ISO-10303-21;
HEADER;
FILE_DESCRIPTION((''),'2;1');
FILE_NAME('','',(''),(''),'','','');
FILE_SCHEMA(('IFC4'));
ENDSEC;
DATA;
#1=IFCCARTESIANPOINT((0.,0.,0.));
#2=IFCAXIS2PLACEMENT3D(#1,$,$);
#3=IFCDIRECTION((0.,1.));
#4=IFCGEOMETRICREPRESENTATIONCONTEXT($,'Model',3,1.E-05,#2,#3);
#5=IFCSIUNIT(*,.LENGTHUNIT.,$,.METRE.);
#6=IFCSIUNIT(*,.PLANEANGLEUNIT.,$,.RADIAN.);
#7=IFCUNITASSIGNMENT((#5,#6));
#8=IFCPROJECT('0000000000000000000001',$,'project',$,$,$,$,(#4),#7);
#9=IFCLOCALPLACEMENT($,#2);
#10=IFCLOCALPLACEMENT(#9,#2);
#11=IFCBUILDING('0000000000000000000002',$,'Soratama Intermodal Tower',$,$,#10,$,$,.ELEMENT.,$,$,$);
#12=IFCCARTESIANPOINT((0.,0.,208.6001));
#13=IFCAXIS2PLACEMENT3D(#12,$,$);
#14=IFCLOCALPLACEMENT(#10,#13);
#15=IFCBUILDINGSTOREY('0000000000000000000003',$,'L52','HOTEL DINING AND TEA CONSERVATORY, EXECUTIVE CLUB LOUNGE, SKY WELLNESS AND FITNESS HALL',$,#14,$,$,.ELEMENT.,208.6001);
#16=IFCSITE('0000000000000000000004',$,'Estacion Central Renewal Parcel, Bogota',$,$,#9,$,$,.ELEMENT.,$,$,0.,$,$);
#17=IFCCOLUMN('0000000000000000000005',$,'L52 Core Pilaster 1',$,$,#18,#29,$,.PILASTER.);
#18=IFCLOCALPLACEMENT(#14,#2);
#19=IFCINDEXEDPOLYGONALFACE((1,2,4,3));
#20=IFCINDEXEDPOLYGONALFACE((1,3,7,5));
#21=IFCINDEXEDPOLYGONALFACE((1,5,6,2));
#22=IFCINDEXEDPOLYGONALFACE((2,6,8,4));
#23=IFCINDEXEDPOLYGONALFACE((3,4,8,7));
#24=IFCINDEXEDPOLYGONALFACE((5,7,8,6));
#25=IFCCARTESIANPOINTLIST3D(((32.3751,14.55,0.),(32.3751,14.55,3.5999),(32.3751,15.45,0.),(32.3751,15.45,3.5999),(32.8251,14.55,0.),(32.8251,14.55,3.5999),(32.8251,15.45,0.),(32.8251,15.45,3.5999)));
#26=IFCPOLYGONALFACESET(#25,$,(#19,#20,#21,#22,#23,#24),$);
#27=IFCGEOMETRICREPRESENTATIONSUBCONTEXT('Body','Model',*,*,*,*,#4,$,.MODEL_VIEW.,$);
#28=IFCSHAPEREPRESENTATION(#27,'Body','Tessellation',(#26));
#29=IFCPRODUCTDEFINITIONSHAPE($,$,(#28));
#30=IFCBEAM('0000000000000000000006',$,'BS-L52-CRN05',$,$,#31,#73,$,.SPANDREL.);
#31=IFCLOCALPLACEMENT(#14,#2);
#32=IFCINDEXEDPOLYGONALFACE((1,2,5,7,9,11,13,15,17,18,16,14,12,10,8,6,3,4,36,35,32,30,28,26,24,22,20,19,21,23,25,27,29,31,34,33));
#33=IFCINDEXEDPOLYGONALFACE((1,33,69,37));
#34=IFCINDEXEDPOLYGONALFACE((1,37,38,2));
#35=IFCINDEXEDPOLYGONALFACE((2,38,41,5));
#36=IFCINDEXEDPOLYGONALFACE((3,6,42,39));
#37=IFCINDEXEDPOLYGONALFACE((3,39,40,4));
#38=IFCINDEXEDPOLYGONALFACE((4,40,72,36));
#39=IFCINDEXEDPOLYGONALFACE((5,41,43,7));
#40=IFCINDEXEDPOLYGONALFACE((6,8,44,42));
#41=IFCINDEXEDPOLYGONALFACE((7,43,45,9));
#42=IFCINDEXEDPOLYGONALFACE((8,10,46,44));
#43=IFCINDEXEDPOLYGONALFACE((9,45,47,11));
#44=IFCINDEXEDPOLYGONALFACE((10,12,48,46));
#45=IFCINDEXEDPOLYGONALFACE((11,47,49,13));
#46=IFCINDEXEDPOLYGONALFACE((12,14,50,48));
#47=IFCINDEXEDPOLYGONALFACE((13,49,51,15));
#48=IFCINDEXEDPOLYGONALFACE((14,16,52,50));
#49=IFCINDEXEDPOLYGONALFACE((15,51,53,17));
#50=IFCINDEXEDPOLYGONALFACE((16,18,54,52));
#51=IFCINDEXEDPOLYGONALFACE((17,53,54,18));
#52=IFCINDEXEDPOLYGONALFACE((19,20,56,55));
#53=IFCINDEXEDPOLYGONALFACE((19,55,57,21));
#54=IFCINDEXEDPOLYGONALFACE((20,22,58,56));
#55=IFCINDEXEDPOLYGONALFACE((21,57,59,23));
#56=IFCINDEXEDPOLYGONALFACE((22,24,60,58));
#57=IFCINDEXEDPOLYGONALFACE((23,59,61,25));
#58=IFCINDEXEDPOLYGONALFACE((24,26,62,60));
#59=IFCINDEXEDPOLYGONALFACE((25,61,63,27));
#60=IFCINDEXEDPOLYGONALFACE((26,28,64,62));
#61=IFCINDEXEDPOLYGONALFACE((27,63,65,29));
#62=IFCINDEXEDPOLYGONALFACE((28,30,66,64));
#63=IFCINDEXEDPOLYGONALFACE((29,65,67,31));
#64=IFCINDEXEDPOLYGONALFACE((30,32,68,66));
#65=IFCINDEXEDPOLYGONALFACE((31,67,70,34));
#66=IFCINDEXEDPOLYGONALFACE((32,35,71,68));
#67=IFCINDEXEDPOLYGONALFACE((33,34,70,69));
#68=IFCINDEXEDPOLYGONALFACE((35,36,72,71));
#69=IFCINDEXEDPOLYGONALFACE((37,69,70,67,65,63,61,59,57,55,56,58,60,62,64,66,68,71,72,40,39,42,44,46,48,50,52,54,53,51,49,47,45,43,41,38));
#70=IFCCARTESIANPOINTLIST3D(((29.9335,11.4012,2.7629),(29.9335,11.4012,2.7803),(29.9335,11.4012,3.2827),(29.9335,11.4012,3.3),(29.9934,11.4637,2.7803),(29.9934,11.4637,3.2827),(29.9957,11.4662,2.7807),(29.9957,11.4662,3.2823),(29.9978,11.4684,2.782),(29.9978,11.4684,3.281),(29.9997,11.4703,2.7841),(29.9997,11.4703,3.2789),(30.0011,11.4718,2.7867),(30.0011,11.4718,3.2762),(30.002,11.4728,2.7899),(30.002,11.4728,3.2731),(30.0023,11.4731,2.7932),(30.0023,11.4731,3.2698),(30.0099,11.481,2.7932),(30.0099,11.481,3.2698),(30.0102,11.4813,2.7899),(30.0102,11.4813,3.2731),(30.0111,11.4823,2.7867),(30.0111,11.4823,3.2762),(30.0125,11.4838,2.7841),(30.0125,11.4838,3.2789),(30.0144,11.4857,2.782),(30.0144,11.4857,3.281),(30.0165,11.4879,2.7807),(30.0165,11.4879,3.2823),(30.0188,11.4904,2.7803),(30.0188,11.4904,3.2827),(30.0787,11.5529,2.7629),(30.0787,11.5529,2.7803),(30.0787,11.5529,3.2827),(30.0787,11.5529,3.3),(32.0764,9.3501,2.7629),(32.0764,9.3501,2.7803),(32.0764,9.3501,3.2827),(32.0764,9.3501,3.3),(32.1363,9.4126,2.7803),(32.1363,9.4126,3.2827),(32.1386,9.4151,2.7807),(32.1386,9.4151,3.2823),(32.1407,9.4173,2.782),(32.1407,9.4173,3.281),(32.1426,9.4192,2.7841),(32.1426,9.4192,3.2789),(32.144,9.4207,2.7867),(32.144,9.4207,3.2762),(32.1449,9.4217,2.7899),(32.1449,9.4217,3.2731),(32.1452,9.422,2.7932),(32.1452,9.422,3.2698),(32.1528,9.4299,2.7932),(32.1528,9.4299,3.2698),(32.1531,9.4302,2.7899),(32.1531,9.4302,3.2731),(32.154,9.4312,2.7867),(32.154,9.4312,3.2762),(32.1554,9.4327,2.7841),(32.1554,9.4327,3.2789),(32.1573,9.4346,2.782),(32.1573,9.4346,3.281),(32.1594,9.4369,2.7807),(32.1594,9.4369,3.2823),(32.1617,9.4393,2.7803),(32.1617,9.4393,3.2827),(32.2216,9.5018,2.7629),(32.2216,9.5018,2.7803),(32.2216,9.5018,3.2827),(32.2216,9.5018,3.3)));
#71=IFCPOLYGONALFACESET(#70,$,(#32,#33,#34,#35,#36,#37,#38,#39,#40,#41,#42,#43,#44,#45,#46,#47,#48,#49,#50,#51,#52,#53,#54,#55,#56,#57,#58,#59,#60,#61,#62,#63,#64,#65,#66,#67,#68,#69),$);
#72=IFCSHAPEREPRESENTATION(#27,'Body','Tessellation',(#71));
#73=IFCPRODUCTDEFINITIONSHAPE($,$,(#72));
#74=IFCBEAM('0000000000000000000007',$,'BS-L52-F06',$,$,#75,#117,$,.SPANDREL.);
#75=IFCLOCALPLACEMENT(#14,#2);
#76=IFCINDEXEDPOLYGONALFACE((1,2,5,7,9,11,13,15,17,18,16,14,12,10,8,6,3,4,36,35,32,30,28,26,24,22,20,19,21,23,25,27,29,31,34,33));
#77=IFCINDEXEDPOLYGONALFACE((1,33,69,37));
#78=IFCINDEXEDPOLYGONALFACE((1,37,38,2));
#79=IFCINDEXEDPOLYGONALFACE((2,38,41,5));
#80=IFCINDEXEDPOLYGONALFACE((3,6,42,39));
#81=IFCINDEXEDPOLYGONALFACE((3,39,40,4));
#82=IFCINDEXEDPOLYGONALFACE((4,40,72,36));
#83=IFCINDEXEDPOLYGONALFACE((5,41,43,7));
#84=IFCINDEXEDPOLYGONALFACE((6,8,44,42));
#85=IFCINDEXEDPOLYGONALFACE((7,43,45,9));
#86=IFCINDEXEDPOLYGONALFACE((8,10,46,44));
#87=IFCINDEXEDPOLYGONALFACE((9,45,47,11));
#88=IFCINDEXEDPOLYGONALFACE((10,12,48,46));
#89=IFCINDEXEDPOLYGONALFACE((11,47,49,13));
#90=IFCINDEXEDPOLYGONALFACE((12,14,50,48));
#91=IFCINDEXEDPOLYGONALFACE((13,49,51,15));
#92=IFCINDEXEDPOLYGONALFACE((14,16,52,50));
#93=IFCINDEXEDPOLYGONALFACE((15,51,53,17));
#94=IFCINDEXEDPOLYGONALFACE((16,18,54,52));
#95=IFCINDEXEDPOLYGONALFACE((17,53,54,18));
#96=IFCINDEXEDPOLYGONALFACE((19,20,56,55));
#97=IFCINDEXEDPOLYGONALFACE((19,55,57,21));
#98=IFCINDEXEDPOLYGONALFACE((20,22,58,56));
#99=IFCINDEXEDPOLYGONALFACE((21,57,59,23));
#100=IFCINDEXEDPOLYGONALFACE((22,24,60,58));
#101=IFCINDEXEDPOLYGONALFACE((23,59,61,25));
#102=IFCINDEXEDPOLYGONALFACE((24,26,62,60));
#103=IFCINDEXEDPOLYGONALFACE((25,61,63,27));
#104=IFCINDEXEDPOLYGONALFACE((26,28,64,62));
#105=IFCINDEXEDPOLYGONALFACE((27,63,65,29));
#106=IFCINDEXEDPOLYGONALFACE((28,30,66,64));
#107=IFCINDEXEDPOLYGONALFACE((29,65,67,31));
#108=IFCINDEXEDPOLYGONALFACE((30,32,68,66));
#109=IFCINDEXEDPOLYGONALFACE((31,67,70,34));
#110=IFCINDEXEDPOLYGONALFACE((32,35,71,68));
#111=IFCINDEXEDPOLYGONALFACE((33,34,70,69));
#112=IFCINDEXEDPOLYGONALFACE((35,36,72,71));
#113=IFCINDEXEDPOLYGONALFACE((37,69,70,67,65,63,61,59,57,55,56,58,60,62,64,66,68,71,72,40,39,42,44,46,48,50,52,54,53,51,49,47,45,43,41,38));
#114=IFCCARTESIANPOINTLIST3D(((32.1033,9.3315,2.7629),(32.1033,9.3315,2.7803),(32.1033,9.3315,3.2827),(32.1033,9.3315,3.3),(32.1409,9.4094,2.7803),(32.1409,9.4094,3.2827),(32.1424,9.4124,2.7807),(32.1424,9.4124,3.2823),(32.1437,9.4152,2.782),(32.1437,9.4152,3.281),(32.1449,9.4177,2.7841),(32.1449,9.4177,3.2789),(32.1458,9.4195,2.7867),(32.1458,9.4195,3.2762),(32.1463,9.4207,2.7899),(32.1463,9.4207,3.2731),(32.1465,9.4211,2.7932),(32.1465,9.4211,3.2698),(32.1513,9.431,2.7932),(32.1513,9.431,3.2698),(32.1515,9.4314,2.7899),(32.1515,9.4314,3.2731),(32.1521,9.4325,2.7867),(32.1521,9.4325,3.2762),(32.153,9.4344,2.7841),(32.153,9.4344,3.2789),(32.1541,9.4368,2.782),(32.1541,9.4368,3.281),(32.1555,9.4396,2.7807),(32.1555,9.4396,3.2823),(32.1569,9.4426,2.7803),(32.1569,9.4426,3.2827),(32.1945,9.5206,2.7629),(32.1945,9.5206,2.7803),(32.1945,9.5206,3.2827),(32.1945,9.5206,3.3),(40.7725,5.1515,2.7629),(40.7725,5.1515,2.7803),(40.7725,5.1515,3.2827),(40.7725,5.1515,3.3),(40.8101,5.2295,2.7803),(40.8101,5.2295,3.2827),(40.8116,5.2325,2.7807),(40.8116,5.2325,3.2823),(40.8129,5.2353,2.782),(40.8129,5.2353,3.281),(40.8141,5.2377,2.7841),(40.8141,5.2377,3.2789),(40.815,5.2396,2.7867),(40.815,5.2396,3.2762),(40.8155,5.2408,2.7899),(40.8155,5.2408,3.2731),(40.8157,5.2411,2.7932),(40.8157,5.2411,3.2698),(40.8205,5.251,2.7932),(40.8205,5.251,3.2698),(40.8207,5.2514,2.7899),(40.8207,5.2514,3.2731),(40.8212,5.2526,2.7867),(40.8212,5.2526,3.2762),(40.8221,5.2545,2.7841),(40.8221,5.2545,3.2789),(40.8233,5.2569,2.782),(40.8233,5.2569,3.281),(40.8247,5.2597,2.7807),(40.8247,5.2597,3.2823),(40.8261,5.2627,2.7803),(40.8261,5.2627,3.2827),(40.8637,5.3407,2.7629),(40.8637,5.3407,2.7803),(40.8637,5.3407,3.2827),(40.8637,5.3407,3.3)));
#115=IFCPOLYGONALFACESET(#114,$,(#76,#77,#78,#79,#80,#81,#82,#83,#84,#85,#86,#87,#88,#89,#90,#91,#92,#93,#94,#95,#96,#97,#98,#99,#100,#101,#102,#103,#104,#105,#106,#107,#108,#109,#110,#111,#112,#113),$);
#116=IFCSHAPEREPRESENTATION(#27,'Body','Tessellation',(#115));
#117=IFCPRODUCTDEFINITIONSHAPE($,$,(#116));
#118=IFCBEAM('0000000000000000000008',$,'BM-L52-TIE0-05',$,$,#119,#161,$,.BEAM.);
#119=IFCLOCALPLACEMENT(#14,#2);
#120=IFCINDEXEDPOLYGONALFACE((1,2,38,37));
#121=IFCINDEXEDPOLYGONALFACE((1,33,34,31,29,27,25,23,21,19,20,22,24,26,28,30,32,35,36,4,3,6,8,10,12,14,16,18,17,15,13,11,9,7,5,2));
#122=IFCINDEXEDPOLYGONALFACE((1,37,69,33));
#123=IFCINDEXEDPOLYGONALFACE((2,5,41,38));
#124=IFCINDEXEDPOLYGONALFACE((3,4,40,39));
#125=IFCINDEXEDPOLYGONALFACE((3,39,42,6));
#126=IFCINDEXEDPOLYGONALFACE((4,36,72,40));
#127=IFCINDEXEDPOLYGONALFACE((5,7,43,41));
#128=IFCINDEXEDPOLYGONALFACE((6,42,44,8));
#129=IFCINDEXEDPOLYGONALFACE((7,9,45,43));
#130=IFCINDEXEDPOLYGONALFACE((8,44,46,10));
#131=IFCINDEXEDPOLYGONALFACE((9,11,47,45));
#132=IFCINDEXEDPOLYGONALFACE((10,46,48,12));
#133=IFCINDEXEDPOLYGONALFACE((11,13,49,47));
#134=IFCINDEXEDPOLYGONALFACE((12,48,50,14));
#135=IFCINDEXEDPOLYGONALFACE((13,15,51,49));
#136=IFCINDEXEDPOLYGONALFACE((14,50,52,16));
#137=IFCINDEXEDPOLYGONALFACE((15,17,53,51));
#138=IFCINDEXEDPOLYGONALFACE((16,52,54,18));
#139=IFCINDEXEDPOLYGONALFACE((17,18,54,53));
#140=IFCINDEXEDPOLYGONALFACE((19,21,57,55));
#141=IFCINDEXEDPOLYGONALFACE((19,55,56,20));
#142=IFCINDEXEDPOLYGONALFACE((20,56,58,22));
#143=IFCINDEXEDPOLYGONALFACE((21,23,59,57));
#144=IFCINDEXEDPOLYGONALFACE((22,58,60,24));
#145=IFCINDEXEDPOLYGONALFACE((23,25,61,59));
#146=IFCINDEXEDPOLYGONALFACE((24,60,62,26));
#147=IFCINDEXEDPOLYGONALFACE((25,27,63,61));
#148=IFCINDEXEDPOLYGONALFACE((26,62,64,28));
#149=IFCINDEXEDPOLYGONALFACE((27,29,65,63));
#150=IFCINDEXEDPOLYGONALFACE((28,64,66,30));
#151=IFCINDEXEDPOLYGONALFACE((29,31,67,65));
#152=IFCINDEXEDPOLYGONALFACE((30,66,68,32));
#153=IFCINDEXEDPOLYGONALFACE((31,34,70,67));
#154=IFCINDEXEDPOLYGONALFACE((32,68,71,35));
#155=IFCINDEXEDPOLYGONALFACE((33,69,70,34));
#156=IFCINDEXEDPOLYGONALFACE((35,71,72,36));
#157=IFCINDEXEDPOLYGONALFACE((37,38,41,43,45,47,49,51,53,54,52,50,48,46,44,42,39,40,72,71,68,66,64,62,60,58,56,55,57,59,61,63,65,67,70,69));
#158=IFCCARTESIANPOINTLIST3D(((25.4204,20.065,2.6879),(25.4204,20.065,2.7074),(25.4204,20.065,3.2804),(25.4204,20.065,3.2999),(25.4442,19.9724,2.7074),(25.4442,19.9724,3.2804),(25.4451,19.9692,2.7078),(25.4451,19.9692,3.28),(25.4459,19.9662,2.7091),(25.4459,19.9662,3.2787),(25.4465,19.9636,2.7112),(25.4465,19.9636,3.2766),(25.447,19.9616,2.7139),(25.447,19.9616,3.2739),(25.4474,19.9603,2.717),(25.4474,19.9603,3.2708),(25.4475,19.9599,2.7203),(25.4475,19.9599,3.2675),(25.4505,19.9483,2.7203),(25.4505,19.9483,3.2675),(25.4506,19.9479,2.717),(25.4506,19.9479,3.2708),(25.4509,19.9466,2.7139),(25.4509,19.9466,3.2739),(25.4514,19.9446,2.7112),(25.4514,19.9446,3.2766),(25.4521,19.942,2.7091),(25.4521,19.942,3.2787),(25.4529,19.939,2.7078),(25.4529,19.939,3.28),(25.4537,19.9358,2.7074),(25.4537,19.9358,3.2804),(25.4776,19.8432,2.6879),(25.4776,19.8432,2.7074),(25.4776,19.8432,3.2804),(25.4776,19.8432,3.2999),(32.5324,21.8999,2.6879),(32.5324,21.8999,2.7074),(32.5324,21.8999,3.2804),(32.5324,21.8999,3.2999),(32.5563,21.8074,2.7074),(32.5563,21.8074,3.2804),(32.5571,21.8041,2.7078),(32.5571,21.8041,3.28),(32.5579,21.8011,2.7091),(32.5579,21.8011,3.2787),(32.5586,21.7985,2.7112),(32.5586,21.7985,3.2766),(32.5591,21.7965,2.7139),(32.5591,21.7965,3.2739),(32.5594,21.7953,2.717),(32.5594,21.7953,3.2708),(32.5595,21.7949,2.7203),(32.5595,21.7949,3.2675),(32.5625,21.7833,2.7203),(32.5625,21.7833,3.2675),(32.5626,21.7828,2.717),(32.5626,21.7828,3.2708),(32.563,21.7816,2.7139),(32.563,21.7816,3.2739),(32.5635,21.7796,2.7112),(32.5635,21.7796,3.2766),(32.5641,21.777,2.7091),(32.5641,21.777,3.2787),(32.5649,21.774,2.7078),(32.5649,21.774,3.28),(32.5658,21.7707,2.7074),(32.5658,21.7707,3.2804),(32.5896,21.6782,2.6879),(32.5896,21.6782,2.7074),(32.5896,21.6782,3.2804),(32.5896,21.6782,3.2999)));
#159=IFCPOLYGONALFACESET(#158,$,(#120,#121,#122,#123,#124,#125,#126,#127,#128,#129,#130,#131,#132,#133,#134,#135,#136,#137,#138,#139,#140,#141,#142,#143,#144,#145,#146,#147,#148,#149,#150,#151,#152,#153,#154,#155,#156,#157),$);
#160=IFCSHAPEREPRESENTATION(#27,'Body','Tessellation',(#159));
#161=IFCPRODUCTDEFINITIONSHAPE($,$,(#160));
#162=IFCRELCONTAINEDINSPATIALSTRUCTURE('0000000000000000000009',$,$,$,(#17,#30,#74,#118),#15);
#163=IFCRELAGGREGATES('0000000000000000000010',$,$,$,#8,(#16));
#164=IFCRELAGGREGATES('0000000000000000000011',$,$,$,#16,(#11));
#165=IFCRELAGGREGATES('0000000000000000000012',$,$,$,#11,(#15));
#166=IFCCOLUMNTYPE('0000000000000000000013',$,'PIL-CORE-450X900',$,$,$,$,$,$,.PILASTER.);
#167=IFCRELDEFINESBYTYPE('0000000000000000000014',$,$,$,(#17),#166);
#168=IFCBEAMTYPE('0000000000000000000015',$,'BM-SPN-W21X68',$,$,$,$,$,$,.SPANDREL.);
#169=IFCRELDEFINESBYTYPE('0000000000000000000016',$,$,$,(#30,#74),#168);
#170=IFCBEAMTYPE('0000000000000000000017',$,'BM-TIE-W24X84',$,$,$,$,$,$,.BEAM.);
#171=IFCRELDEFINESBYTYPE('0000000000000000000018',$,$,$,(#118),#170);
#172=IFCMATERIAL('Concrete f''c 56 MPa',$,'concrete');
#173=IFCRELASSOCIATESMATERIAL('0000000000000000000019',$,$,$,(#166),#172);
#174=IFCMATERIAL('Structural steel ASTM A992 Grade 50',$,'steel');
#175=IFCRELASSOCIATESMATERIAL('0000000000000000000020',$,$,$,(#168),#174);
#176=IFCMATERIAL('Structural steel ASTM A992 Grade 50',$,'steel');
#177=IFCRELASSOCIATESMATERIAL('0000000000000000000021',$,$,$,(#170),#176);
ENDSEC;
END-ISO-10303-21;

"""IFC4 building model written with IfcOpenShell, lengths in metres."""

from ifc_helpers import new_model, si_unit, direction, frame, origin, origin_2d, place, context, subcontext, project, spatial, rectangle, i_section, extrude, material, material_profile, profile_set, type_object, element, save


model = new_model("IFC4")

# Units and contexts
model_context = context("Model", 3, precision=1e-05, world=origin(), true_north=direction((0.0, 1.0)))
body_context = subcontext(model_context, "Body", "Model", "MODEL_VIEW")
ifc_project = project(units=[si_unit("LENGTHUNIT", "METRE"), si_unit("PLANEANGLEUNIT", "RADIAN")], contexts=[model_context])

# Site, building, storey
site_placement = place(None, origin())
site = spatial("IfcSite", under=ifc_project, at=site_placement, Name="Estacion Central Renewal Parcel, Bogota", CompositionType="ELEMENT", RefElevation=0.0)
building_placement = place(site_placement, origin())
building = spatial("IfcBuilding", under=site, at=building_placement, Name="Soratama Intermodal Tower", CompositionType="ELEMENT")
storey_placement = place(building_placement, frame((0.0, 0.0, 208.6001)))
storey = spatial("IfcBuildingStorey", under=building, at=storey_placement, Name="L52", Description="HOTEL DINING AND TEA CONSERVATORY, EXECUTIVE CLUB LOUNGE, SKY WELLNESS AND FITNESS HALL", CompositionType="ELEMENT", Elevation=208.6001)

# Column
ifc_material_1 = material(Name="Concrete f'c 56 MPa", Category="concrete")
ifc_material_profile_1 = material_profile(ifc_material_1, rectangle(XDim=0.45, YDim=0.8999, at=origin_2d()), Name="RC450X900")
ifc_profile_set_1 = profile_set([ifc_material_profile_1], Name="Concrete f'c 56 MPa")
column_type = type_object("IfcColumnType", Name="PIL-CORE-450X900", PredefinedType="PILASTER", material=ifc_profile_set_1)
column_placement = place(storey_placement, frame((32.6001, 15.0, 0.0), z_axis=(0.0, 0.0, 1.0), x_axis=(1.0, 0.0, 0.0)))
element("IfcColumn", 1, at=column_placement, inside=storey, type_object=column_type, Name="L52 Core Pilaster 1", PredefinedType="PILASTER", context=body_context, shape_type="SweptSolid", body=[
    extrude(rectangle(XDim=0.45, YDim=0.8999, at=origin_2d()), origin(), (0.0, 0.0, 1.0), 3.5999),
])

# Beams
ifc_material_2 = material(Name="Structural steel ASTM A992 Grade 50", Category="steel")
ifc_material_profile_2 = material_profile(ifc_material_2, i_section(OverallWidth=0.21, OverallDepth=0.5371, WebThickness=0.011, FlangeThickness=0.0173, FilletRadius=0.0129, at=origin_2d()), Name="W21X68")
ifc_profile_set_2 = profile_set([ifc_material_profile_2], Name="Structural steel ASTM A992 Grade 50")
beam_type_1 = type_object("IfcBeamType", Name="BM-SPN-W21X68", PredefinedType="SPANDREL", material=ifc_profile_set_2)
beam_1_placement = place(storey_placement, frame((30.0061, 11.4771, 3.0315), z_axis=(0.722411, -0.691464, 0.0), x_axis=(0.691464, 0.722411, 0.0)))
element("IfcBeam", 2, at=beam_1_placement, inside=storey, type_object=beam_type_1, Name="BS-L52-CRN05", PredefinedType="SPANDREL", context=body_context, shape_type="SweptSolid", body=[
    extrude(i_section(OverallWidth=0.21, OverallDepth=0.5371, WebThickness=0.011, FlangeThickness=0.0173, FilletRadius=0.0129, at=origin_2d()), origin(), (0.0, 0.0, 1.0), 2.9663),
])
beam_2_placement = place(storey_placement, frame((32.1489, 9.426, 3.0315), z_axis=(0.900763, -0.434311, 0.0), x_axis=(0.434311, 0.900763, 0.0)))
element("IfcBeam", 3, at=beam_2_placement, inside=storey, type_object=beam_type_1, Name="BS-L52-F06", PredefinedType="SPANDREL", context=body_context, shape_type="SweptSolid", body=[
    extrude(i_section(OverallWidth=0.21, OverallDepth=0.5371, WebThickness=0.011, FlangeThickness=0.0173, FilletRadius=0.0129, at=origin_2d()), origin(), (0.0, 0.0, 1.0), 9.6243),
])
ifc_material_3 = material(Name="Structural steel ASTM A992 Grade 50", Category="steel")
ifc_material_profile_3 = material_profile(ifc_material_3, i_section(OverallWidth=0.229, OverallDepth=0.6121, WebThickness=0.012, FlangeThickness=0.0195, FilletRadius=0.0129, at=origin_2d()), Name="W24X84")
ifc_profile_set_3 = profile_set([ifc_material_profile_3], Name="Structural steel ASTM A992 Grade 50")
beam_type_2 = type_object("IfcBeamType", Name="BM-TIE-W24X84", PredefinedType="BEAM", material=ifc_profile_set_3)
beam_3_placement = place(storey_placement, frame((32.561, 21.7891, 2.9939), z_axis=(-0.968291, -0.249826, 0.0), x_axis=(0.249826, -0.968291, 0.0)))
element("IfcBeam", 4, at=beam_3_placement, inside=storey, type_object=beam_type_2, Name="BM-L52-TIE0-05", PredefinedType="BEAM", context=body_context, shape_type="SweptSolid", body=[
    extrude(i_section(OverallWidth=0.229, OverallDepth=0.6121, WebThickness=0.012, FlangeThickness=0.0195, FilletRadius=0.0129, at=origin_2d()), origin(), (0.0, 0.0, 1.0), 7.345),
])

save(model, "model.ifc")
